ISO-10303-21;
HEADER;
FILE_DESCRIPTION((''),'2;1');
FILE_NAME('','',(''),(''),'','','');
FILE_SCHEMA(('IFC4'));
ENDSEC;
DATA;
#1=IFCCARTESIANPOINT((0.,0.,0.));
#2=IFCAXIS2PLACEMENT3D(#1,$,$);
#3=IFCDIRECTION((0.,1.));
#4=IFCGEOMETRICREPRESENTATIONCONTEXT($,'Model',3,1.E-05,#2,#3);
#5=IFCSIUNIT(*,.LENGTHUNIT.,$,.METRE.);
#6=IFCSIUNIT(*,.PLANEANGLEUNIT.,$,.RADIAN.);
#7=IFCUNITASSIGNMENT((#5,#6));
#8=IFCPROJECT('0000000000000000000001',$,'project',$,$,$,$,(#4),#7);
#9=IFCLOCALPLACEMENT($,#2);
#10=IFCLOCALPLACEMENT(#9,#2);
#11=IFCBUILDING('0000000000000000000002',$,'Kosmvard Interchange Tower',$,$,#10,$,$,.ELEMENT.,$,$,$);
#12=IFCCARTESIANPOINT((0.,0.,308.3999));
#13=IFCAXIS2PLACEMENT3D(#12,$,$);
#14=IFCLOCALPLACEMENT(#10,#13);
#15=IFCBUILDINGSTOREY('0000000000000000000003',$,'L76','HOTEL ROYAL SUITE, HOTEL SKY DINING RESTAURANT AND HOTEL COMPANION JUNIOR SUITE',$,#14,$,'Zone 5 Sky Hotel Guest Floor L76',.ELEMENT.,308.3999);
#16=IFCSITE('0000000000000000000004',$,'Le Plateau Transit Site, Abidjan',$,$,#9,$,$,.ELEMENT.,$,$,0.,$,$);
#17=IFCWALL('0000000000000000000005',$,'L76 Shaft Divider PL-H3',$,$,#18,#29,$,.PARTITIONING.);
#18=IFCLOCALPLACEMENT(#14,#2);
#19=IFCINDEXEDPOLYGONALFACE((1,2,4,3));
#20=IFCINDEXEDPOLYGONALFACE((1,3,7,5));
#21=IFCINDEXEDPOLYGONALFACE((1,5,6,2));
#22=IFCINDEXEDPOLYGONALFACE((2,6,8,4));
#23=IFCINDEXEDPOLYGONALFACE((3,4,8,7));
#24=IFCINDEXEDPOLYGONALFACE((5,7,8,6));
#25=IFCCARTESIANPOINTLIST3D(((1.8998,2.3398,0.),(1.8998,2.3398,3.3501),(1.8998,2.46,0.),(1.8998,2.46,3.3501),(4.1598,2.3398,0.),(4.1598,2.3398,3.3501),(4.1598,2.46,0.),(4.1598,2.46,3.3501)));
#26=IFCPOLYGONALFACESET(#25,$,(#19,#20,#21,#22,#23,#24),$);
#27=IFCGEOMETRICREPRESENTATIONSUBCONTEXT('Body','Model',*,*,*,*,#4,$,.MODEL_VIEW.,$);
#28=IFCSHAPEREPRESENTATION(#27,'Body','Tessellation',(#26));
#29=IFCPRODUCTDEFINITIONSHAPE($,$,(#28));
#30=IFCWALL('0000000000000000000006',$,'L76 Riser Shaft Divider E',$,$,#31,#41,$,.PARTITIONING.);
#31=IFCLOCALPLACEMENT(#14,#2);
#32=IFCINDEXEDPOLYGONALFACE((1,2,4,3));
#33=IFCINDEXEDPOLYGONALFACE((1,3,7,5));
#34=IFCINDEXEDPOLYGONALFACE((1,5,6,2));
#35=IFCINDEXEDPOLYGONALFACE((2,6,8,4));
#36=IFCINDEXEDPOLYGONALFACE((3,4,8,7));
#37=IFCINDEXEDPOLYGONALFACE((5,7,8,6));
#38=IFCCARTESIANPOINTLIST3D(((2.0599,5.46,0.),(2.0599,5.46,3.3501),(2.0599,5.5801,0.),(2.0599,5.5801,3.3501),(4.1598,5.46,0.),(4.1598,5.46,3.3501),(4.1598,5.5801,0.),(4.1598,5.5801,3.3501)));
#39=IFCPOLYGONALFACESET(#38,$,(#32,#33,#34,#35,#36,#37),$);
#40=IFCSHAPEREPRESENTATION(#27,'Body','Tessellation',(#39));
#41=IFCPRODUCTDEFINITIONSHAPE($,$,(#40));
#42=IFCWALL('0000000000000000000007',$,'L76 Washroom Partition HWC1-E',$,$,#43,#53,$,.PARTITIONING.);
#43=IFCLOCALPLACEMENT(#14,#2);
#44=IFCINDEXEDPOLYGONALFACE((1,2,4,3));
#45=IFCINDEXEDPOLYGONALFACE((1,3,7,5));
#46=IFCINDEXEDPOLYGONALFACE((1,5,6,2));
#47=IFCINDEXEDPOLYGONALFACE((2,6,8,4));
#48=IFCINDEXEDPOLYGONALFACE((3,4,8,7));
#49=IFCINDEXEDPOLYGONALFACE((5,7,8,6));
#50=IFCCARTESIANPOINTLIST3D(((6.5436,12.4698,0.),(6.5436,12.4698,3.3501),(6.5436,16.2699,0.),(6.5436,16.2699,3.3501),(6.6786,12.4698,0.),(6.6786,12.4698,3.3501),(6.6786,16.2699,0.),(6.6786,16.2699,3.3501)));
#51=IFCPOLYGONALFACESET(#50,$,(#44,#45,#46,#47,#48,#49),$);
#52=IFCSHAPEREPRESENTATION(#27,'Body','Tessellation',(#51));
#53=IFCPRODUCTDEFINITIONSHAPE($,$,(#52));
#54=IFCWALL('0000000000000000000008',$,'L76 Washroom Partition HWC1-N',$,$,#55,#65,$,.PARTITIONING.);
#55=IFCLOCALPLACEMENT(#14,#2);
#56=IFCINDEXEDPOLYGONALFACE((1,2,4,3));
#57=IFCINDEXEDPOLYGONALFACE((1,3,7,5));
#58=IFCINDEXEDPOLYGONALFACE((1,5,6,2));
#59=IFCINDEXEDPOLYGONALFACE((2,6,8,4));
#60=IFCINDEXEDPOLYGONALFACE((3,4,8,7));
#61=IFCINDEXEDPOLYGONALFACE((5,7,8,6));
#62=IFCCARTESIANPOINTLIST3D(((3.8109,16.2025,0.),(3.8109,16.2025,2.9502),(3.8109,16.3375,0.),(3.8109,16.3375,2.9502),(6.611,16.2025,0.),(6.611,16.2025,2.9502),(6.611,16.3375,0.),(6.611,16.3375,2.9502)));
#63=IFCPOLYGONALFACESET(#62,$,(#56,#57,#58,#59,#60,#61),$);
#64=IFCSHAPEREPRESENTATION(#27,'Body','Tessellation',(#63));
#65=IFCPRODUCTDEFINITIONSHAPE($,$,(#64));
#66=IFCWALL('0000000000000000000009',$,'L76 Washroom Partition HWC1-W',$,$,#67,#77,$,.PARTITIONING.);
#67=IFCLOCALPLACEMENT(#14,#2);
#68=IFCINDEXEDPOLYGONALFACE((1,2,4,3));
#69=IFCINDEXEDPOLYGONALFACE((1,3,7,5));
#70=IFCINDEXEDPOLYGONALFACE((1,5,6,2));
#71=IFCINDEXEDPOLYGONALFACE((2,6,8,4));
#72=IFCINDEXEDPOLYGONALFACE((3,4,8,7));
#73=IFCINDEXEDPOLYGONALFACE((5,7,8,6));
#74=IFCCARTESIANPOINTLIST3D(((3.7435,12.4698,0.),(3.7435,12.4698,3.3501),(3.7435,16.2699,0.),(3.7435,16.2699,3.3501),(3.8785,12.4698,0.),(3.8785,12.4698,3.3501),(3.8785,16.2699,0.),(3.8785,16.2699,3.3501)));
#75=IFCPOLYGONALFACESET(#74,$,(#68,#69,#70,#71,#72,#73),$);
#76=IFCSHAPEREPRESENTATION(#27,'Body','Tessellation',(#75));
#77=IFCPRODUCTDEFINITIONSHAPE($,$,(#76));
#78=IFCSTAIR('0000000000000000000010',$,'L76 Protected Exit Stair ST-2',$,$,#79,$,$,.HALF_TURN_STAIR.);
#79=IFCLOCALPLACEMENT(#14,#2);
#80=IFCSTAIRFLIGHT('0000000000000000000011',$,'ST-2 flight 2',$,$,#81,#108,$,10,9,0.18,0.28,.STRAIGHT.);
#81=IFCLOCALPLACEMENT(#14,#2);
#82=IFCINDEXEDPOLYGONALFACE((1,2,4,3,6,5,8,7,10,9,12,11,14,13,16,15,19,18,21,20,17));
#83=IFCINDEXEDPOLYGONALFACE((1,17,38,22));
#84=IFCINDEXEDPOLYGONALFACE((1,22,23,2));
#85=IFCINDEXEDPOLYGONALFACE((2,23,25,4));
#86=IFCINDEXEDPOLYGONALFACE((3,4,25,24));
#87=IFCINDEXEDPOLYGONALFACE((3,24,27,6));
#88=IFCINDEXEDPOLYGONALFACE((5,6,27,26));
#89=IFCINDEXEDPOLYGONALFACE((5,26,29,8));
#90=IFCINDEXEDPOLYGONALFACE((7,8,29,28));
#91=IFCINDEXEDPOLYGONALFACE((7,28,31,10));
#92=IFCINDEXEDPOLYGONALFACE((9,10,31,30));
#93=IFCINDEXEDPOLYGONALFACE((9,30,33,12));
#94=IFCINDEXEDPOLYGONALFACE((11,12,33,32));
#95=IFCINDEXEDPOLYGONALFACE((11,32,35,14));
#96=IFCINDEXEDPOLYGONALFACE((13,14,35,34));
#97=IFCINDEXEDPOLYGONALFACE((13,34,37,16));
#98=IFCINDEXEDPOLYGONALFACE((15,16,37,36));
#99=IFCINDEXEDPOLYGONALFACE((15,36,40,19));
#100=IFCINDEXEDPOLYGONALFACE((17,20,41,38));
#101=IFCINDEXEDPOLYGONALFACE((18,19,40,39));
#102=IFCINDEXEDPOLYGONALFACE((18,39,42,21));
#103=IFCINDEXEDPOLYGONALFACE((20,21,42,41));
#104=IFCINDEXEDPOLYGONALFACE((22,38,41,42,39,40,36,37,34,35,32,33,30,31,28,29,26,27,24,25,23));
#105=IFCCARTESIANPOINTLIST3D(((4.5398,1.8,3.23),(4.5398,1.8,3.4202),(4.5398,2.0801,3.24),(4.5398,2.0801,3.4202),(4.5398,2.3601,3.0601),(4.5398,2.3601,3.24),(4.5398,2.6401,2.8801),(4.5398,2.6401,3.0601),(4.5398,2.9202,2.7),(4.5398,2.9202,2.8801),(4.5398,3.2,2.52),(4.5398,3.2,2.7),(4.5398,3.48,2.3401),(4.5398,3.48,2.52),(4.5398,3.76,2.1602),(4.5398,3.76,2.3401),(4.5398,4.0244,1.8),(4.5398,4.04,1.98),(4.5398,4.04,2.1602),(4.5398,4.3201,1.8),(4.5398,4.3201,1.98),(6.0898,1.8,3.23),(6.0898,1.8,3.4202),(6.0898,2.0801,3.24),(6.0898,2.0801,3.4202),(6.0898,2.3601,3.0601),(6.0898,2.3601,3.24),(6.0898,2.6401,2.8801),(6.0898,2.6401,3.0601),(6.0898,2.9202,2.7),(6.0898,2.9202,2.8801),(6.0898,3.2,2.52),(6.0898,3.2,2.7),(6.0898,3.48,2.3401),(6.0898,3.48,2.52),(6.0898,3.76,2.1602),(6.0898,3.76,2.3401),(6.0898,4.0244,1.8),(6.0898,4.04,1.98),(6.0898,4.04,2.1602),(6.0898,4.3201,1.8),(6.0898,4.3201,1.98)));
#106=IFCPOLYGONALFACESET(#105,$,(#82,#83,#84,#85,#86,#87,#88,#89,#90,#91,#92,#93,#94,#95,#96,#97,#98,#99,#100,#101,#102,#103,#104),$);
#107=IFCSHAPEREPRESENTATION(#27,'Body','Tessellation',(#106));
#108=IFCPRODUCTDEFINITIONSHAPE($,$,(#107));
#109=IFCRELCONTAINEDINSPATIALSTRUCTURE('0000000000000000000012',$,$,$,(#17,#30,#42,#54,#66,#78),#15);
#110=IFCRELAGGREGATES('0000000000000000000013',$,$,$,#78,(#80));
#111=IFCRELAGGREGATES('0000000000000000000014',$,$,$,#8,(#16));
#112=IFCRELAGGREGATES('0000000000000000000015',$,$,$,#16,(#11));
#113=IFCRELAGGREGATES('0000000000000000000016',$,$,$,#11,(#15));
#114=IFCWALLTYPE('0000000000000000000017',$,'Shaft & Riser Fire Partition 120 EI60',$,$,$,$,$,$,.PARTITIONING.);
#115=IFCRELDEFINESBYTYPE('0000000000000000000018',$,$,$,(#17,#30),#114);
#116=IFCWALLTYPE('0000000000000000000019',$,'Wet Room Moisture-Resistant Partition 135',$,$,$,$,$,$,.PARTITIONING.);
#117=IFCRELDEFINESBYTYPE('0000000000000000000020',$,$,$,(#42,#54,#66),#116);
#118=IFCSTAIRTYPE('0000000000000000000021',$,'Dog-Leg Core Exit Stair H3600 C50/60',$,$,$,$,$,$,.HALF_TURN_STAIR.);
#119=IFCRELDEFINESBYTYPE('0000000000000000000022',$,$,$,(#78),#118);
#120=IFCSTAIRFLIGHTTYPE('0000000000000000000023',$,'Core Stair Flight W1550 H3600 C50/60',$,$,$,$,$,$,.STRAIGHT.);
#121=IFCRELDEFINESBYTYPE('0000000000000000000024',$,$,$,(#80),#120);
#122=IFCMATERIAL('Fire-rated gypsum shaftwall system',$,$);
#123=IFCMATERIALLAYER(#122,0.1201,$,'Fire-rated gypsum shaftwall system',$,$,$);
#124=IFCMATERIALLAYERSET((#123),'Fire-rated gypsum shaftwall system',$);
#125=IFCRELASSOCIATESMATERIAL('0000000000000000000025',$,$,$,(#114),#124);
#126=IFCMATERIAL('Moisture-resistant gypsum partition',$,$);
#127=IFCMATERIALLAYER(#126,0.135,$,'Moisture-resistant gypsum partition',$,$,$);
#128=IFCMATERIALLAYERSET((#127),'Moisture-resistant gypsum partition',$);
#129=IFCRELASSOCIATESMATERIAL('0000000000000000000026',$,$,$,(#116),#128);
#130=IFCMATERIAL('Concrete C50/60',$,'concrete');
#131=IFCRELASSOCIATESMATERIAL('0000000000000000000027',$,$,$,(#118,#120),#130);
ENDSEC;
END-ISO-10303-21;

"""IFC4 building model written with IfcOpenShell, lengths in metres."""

from ifc_helpers import new_model, si_unit, direction, frame, frame_2d, origin, place, context, subcontext, project, spatial, polyline, rectangle, outline, extrude, source, transform, mapped, material, layer, layer_set, type_object, element, aggregate, save


model = new_model("IFC4")

# Units and contexts
model_context = context("Model", 3, precision=1e-05, world=origin(), true_north=direction((0.0, 1.0)))
body_context = subcontext(model_context, "Body", "Model", "MODEL_VIEW")
ifc_project = project(units=[si_unit("LENGTHUNIT", "METRE"), si_unit("PLANEANGLEUNIT", "RADIAN")], contexts=[model_context])

# Site, building, storey
site_placement = place(None, origin())
site = spatial("IfcSite", under=ifc_project, at=site_placement, Name="Le Plateau Transit Site, Abidjan", CompositionType="ELEMENT", RefElevation=0.0)
building_placement = place(site_placement, origin())
building = spatial("IfcBuilding", under=site, at=building_placement, Name="Kosmvard Interchange Tower", CompositionType="ELEMENT")
storey_placement = place(building_placement, frame((0.0, 0.0, 308.3999)))
storey = spatial("IfcBuildingStorey", under=building, at=storey_placement, Name="L76", Description="HOTEL ROYAL SUITE, HOTEL SKY DINING RESTAURANT AND HOTEL COMPANION JUNIOR SUITE", LongName="Zone 5 Sky Hotel Guest Floor L76", CompositionType="ELEMENT", Elevation=308.3999)

# Shared definitions
ifc_material_1 = material(Name="Concrete C50/60", Category="concrete")

# Walls
ifc_material_2 = material(Name="Fire-rated gypsum shaftwall system")
ifc_layer_1 = layer(ifc_material_2, 0.1201, Name="Fire-rated gypsum shaftwall system")
ifc_layer_set_1 = layer_set([ifc_layer_1], Name="Fire-rated gypsum shaftwall system")
wall_type_1 = type_object("IfcWallType", Name="Shaft & Riser Fire Partition 120 EI60", PredefinedType="PARTITIONING", material=ifc_layer_set_1)
wall_1_placement = place(storey_placement, frame((1.8999, 2.3999, 0.0), z_axis=(0.0, 0.0, 1.0), x_axis=(1.0, 0.0, 0.0)))
element("IfcWall", 1, at=wall_1_placement, inside=storey, type_object=wall_type_1, Name="L76 Shaft Divider PL-H3", PredefinedType="PARTITIONING", context=body_context, shape_type="SweptSolid", body=[
    extrude(rectangle(XDim=2.26, YDim=0.1201, at=frame_2d((1.1299, 0.0))), origin(), (0.0, 0.0, 1.0), 3.3501),
])
wall_2_placement = place(storey_placement, frame((2.0601, 5.52, 0.0), z_axis=(0.0, 0.0, 1.0), x_axis=(1.0, 0.0, 0.0)))
element("IfcWall", 2, at=wall_2_placement, inside=storey, type_object=wall_type_1, Name="L76 Riser Shaft Divider E", PredefinedType="PARTITIONING", context=body_context, shape_type="SweptSolid", body=[
    extrude(rectangle(XDim=2.0999, YDim=0.1201, at=frame_2d((1.0498, 0.0))), origin(), (0.0, 0.0, 1.0), 3.3501),
])
ifc_material_3 = material(Name="Moisture-resistant gypsum partition")
ifc_layer_2 = layer(ifc_material_3, 0.135, Name="Moisture-resistant gypsum partition")
ifc_layer_set_2 = layer_set([ifc_layer_2], Name="Moisture-resistant gypsum partition")
wall_type_2 = type_object("IfcWallType", Name="Wet Room Moisture-Resistant Partition 135", PredefinedType="PARTITIONING", material=ifc_layer_set_2)
wall_3_placement = place(storey_placement, frame((6.6111, 12.47, 0.0), z_axis=(0.0, 0.0, 1.0), x_axis=(0.0, 1.0, 0.0)))
element("IfcWall", 3, at=wall_3_placement, inside=storey, type_object=wall_type_2, Name="L76 Washroom Partition HWC1-E", PredefinedType="PARTITIONING", context=body_context, shape_type="SweptSolid", body=[
    extrude(rectangle(XDim=3.8, YDim=0.135, at=frame_2d((1.8999, 0.0))), origin(), (0.0, 0.0, 1.0), 3.3501),
])
wall_4_placement = place(storey_placement, frame((3.811, 16.27, 0.0), z_axis=(0.0, 0.0, 1.0), x_axis=(1.0, 0.0, 0.0)))
element("IfcWall", 4, at=wall_4_placement, inside=storey, type_object=wall_type_2, Name="L76 Washroom Partition HWC1-N", PredefinedType="PARTITIONING", context=body_context, shape_type="SweptSolid", body=[
    extrude(rectangle(XDim=2.8, YDim=0.135, at=frame_2d((1.3999, 0.0))), origin(), (0.0, 0.0, 1.0), 2.9502),
])
wall_5_placement = place(storey_placement, frame((3.811, 12.47, 0.0), z_axis=(0.0, 0.0, 1.0), x_axis=(0.0, 1.0, 0.0)))
element("IfcWall", 5, at=wall_5_placement, inside=storey, type_object=wall_type_2, Name="L76 Washroom Partition HWC1-W", PredefinedType="PARTITIONING", context=body_context, shape_type="SweptSolid", body=[
    extrude(rectangle(XDim=3.8, YDim=0.135, at=frame_2d((1.8999, 0.0))), origin(), (0.0, 0.0, 1.0), 3.3501),
])

# Stair, stair flight
stair_type = type_object("IfcStairType", Name="Dog-Leg Core Exit Stair H3600 C50/60", PredefinedType="HALF_TURN_STAIR", material=ifc_material_1)
stair_placement = place(storey_placement, origin())
stair = element("IfcStair", 6, at=stair_placement, inside=storey, type_object=stair_type, Name="L76 Protected Exit Stair ST-2", PredefinedType="HALF_TURN_STAIR")
stair_flight_type = type_object("IfcStairFlightType", Name="Core Stair Flight W1550 H3600 C50/60", PredefinedType="STRAIGHT", material=ifc_material_1)
shared_shape_1 = source(origin(), body_context, "Body", "SweptSolid", [
    extrude(outline(polyline([(0.0, 0.0), (0.0, 0.1799), (0.28, 0.1799), (0.28, 0.3601), (0.5601, 0.3601), (0.5601, 0.54), (0.8401, 0.54), (0.8401, 0.72), (1.1201, 0.72), (1.1201, 0.8999), (1.3999, 0.8999), (1.3999, 1.0801), (1.6799, 1.0801), (1.6799, 1.26), (1.96, 1.26), (1.96, 1.4399), (2.24, 1.4399), (2.24, 1.6201), (2.52, 1.6201), (2.52, 1.8), (2.52, 1.4299), (0.2957, 0.0), (0.0, 0.0)])), frame((0.0, 0.7749, 0.0), z_axis=(0.0, -1.0, 0.0), x_axis=(1.0, 0.0, 0.0)), (0.0, 0.0, 1.0), 1.55),
])
stair_flight_placement = place(storey_placement, frame((5.3149, 4.3201, 1.8), z_axis=(0.0, 0.0, 1.0), x_axis=(0.0, -1.0, 0.0)))
stair_flight = element("IfcStairFlight", 7, at=stair_flight_placement, type_object=stair_flight_type, Name="ST-2 flight 2", NumberOfRisers=10, NumberOfTreads=9, PredefinedType="STRAIGHT", RiserHeight=0.18, TreadLength=0.28, context=body_context, shape_type="MappedRepresentation", body=[
    mapped(shared_shape_1, transform((0.0, 0.0, 0.0), scale=1.0)),
])
aggregate(stair, [stair_flight])

save(model, "model.ifc")
